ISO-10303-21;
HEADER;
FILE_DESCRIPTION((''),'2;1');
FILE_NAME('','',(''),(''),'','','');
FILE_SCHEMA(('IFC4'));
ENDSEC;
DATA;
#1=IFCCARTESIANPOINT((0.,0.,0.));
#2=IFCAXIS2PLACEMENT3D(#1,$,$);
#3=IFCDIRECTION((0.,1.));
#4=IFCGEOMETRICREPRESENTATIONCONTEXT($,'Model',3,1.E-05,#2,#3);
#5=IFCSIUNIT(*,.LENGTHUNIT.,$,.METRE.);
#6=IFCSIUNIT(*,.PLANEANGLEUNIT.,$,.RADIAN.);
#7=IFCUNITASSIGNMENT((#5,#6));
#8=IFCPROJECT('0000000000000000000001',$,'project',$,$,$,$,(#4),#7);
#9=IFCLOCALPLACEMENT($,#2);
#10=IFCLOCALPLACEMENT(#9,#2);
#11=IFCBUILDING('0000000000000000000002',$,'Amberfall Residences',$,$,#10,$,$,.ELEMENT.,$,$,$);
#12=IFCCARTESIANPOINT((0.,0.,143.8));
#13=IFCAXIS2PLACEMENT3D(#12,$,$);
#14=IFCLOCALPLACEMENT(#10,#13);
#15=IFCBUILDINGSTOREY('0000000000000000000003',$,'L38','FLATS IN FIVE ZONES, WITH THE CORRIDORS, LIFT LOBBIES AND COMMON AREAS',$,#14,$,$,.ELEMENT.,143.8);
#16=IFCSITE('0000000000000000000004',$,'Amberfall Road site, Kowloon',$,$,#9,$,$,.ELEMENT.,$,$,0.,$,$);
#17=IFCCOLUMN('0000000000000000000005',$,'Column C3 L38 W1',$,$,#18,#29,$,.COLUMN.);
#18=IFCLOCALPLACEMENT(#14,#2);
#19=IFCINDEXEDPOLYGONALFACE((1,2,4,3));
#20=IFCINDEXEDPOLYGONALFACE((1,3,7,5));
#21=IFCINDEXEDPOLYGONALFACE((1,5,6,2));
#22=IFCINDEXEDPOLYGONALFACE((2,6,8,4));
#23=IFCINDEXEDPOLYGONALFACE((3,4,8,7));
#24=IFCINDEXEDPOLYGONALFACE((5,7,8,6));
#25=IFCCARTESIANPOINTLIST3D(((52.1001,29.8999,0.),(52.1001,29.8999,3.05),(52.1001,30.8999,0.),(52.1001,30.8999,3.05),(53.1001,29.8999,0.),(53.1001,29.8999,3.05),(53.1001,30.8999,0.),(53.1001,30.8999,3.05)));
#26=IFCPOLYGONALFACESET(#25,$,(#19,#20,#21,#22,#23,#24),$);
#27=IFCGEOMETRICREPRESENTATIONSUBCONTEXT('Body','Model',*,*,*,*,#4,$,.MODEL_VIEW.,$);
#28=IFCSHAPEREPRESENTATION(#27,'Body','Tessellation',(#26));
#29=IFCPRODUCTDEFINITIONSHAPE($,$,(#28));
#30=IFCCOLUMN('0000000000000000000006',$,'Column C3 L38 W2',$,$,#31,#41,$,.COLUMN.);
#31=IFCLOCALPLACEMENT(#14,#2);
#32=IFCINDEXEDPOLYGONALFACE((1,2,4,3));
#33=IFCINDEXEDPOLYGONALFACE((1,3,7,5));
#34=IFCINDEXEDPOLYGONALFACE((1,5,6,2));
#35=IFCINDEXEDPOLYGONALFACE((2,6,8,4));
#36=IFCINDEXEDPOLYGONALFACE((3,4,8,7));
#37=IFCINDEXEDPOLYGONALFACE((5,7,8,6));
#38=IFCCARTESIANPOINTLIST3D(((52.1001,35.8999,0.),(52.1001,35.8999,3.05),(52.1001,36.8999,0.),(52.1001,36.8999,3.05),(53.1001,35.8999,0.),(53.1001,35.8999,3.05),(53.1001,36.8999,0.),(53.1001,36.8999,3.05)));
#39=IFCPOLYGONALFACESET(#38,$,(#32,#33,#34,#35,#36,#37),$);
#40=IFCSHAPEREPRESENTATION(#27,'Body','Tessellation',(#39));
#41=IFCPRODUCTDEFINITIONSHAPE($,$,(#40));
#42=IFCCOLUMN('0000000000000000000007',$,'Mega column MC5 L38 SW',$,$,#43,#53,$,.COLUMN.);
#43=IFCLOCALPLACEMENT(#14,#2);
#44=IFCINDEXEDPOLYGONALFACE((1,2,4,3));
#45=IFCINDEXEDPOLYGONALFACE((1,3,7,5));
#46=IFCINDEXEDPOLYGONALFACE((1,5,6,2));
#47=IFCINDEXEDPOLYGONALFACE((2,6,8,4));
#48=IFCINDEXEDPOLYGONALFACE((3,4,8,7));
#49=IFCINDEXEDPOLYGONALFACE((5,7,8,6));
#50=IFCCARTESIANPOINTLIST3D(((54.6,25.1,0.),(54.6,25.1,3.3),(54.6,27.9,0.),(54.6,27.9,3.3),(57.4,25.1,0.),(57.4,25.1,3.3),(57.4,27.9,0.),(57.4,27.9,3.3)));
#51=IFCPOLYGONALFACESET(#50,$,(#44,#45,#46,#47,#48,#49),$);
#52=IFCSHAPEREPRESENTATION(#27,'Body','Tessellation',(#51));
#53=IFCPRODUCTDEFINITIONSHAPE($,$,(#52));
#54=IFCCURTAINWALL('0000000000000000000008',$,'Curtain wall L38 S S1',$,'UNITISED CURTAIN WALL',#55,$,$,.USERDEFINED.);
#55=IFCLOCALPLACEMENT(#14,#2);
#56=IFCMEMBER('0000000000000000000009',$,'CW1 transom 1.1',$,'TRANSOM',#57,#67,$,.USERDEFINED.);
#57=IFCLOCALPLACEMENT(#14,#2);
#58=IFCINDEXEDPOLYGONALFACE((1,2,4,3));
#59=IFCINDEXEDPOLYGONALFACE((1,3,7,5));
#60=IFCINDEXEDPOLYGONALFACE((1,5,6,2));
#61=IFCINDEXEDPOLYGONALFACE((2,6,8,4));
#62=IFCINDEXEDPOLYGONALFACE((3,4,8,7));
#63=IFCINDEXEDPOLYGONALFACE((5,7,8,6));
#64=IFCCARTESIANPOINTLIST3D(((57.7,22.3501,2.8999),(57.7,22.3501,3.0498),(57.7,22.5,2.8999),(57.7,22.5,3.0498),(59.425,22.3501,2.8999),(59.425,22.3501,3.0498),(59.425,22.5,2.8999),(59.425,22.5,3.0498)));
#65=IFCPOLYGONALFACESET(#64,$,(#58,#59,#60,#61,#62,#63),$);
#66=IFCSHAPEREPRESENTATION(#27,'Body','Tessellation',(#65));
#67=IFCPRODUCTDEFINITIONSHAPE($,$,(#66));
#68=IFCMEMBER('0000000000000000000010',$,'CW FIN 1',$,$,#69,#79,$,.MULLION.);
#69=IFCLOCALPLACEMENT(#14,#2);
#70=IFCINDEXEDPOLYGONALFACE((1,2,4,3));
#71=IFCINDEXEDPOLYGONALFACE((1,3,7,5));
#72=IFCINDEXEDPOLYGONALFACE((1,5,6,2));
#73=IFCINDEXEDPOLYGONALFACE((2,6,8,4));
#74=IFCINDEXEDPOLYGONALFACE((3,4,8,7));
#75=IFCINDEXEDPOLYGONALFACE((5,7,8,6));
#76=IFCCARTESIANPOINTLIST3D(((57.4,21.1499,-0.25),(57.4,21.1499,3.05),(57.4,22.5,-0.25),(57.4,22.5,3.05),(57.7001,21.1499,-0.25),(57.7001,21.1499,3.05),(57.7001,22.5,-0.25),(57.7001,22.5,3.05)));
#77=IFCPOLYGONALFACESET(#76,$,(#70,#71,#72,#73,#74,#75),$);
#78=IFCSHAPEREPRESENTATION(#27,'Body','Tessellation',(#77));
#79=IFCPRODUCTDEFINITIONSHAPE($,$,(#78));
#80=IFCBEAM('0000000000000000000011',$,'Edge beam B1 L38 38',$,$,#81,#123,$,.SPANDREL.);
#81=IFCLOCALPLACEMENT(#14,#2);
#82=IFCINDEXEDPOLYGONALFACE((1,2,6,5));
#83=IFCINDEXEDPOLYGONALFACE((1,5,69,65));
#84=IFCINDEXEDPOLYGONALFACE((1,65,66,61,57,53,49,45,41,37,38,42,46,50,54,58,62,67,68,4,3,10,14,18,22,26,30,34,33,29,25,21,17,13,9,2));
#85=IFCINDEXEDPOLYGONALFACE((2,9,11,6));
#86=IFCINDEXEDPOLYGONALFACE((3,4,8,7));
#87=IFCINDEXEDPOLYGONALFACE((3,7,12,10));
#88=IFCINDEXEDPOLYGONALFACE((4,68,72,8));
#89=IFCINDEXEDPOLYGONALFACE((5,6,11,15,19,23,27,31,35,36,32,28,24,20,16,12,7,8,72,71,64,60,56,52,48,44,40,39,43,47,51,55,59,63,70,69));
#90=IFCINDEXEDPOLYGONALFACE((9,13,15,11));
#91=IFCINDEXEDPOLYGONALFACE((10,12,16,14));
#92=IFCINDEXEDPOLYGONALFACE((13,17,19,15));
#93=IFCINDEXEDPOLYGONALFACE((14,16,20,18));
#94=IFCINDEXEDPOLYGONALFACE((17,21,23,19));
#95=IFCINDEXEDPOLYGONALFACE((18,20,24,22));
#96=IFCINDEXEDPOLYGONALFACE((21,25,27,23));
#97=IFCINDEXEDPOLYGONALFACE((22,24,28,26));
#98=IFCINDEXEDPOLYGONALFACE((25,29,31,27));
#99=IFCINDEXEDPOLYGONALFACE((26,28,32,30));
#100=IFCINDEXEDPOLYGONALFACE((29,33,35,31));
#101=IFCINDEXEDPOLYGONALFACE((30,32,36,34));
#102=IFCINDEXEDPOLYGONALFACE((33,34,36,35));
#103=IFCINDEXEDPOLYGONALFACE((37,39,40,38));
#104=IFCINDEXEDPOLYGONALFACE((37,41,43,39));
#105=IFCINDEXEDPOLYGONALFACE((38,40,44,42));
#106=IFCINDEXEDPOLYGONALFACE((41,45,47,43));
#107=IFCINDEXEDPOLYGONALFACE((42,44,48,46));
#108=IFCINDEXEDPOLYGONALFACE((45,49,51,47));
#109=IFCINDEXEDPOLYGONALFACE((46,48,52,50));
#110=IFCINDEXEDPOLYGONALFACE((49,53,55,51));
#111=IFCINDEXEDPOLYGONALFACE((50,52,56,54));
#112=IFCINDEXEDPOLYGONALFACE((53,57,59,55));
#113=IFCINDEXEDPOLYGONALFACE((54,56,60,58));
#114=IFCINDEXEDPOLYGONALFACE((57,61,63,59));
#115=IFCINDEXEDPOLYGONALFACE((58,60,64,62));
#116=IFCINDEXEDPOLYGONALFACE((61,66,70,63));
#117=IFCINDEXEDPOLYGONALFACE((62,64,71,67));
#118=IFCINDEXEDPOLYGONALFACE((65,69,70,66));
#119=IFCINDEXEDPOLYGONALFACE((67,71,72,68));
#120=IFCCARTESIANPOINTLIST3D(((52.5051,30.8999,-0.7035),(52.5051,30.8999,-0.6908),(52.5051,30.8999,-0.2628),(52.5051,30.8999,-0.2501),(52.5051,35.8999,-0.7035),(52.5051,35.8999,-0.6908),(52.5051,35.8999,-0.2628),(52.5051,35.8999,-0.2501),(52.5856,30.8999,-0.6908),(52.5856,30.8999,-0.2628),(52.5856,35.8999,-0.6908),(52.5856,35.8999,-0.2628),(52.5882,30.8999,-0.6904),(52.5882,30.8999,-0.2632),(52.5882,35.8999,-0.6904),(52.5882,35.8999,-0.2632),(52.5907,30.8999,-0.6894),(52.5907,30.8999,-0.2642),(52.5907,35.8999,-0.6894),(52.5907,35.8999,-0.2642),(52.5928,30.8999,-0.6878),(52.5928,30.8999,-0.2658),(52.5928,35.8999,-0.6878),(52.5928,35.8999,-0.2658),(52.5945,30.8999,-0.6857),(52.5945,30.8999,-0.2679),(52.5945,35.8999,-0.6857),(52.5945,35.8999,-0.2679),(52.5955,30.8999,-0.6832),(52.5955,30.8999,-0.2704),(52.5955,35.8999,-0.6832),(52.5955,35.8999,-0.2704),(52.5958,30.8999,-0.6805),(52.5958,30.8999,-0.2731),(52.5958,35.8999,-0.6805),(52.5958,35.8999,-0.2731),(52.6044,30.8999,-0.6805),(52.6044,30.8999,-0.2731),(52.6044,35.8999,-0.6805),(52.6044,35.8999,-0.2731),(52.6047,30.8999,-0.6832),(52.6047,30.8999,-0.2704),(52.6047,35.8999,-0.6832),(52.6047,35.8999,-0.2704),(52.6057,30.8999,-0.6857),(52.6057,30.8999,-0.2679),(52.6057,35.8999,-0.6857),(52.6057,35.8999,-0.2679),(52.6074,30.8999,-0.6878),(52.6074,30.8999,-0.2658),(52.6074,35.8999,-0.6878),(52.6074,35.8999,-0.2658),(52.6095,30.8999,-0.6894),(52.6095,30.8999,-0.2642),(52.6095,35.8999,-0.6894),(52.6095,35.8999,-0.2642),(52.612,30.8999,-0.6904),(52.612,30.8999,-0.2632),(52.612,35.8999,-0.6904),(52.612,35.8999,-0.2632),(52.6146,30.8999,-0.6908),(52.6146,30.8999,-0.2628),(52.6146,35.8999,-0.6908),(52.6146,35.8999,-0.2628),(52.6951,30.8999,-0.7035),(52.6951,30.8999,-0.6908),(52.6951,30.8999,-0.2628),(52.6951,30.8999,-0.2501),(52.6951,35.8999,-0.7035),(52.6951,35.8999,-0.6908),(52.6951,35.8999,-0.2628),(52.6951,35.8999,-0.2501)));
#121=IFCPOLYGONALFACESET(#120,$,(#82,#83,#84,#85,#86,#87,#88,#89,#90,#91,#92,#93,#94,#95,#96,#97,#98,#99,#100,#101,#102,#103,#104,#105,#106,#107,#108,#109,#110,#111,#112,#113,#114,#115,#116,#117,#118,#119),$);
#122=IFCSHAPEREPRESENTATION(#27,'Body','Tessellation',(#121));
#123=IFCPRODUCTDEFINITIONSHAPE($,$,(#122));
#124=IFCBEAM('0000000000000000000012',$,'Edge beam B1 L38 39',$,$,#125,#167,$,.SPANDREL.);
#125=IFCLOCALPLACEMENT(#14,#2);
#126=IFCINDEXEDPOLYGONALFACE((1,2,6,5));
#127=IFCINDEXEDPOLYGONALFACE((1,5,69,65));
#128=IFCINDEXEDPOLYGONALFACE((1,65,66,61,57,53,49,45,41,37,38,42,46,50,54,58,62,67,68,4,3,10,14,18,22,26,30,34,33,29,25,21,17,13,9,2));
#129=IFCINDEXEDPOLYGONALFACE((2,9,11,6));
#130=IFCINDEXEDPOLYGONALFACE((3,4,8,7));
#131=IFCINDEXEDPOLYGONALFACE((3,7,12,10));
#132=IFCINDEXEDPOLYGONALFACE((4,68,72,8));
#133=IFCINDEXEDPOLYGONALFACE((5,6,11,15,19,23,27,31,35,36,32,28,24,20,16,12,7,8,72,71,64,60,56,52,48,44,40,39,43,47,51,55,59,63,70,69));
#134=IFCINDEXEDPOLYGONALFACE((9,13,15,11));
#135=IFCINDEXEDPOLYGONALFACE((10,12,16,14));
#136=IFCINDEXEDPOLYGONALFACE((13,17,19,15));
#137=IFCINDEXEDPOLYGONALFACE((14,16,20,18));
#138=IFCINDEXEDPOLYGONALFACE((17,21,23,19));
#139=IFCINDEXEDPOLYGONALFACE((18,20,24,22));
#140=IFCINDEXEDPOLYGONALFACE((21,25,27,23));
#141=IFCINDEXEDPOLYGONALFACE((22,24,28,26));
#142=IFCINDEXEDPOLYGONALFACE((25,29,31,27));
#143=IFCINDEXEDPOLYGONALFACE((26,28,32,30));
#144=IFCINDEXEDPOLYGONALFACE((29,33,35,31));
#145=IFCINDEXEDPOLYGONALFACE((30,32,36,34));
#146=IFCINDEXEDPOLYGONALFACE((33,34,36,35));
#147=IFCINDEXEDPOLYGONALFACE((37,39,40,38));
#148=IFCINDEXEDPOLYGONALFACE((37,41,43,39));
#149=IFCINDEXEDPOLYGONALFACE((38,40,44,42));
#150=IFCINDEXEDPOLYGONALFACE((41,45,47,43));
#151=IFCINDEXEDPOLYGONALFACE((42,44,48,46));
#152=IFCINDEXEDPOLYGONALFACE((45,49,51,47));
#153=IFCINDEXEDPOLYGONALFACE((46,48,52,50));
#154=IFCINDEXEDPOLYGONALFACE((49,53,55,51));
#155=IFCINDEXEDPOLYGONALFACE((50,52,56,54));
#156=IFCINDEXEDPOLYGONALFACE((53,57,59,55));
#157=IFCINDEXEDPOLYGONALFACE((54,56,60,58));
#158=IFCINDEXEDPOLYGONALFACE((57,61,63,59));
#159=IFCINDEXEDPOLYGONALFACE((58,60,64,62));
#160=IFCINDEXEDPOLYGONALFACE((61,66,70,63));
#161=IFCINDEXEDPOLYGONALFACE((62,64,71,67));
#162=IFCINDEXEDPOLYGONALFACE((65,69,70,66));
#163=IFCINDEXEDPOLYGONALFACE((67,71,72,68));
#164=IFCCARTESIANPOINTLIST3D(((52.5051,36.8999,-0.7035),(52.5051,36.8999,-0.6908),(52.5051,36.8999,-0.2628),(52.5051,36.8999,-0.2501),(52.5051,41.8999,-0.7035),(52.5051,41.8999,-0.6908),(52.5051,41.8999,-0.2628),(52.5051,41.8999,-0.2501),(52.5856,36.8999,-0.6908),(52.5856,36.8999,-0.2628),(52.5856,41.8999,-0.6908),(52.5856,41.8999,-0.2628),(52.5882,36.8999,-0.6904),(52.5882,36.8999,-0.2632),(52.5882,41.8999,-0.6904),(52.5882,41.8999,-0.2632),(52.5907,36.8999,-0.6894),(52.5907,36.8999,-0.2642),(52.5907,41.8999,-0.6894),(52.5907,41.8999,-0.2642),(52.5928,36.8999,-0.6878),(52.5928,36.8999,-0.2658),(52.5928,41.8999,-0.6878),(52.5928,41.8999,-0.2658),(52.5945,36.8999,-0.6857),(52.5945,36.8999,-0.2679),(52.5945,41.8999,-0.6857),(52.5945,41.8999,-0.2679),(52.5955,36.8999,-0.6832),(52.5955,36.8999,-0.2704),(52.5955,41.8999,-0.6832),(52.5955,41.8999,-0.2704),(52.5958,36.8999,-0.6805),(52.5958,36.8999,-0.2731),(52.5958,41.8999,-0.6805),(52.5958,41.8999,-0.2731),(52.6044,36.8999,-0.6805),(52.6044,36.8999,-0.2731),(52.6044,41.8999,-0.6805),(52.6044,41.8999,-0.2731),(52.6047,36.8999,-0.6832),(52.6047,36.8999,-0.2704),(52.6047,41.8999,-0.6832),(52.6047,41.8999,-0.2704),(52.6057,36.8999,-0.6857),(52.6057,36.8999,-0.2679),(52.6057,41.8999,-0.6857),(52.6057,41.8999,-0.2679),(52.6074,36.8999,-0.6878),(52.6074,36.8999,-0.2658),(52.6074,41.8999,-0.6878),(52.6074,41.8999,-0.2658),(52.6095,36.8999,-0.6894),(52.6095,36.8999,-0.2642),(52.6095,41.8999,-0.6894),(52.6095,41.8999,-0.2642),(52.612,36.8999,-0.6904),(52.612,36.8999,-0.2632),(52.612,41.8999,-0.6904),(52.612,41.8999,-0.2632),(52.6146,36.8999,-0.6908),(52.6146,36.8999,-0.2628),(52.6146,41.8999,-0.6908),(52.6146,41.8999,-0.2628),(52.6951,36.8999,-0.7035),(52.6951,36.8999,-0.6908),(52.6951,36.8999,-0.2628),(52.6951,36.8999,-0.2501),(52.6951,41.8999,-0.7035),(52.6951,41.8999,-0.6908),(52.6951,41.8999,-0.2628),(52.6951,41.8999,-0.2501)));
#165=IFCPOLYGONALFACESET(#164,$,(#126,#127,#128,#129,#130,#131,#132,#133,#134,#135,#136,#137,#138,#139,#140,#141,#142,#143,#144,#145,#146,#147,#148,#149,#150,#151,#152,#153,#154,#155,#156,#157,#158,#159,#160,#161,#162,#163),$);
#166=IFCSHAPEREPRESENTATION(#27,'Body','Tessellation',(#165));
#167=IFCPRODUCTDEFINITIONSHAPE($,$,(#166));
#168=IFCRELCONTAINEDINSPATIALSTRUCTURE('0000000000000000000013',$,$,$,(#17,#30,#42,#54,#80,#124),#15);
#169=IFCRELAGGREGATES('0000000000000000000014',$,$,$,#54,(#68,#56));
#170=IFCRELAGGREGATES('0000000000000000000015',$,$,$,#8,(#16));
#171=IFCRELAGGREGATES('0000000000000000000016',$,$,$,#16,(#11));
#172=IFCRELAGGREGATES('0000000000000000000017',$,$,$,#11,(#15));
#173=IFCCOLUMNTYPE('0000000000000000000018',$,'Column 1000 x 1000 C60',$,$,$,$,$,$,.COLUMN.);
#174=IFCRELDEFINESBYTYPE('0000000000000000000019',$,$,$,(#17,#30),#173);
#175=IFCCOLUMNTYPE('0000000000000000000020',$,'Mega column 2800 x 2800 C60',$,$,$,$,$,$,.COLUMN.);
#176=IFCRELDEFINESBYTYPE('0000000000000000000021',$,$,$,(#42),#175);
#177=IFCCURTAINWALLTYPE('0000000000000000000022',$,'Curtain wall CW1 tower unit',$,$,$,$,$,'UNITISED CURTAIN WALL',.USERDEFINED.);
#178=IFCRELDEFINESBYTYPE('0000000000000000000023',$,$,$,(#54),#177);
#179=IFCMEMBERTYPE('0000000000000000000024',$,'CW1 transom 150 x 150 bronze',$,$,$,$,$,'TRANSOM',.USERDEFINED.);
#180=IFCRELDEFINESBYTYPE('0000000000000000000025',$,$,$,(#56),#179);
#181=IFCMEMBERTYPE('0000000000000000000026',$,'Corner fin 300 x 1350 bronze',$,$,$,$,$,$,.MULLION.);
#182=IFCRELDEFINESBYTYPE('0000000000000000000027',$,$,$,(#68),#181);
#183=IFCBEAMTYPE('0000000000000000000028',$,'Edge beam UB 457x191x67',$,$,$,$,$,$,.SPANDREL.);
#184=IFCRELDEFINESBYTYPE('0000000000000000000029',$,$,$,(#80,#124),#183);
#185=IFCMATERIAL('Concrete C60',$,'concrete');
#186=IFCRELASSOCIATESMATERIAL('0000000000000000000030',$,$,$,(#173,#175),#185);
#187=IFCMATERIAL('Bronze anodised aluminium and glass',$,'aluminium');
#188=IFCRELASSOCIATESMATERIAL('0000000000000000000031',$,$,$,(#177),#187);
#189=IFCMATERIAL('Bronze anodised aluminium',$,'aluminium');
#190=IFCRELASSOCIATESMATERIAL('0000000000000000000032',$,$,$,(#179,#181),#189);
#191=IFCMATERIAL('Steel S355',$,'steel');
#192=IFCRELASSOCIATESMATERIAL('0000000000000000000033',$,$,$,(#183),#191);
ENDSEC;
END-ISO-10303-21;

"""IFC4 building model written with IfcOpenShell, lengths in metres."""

from ifc_helpers import new_model, si_unit, direction, frame, origin, origin_2d, place, context, subcontext, project, spatial, rectangle, i_section, extrude, material, material_profile, profile_set, type_object, element, aggregate, save


model = new_model("IFC4")

# Units and contexts
model_context = context("Model", 3, precision=1e-05, world=origin(), true_north=direction((0.0, 1.0)))
body_context = subcontext(model_context, "Body", "Model", "MODEL_VIEW")
ifc_project = project(units=[si_unit("LENGTHUNIT", "METRE"), si_unit("PLANEANGLEUNIT", "RADIAN")], contexts=[model_context])

# Site, building, storey
site_placement = place(None, origin())
site = spatial("IfcSite", under=ifc_project, at=site_placement, Name="Amberfall Road site, Kowloon", CompositionType="ELEMENT", RefElevation=0.0)
building_placement = place(site_placement, origin())
building = spatial("IfcBuilding", under=site, at=building_placement, Name="Amberfall Residences", CompositionType="ELEMENT")
storey_placement = place(building_placement, frame((0.0, 0.0, 143.8)))
storey = spatial("IfcBuildingStorey", under=building, at=storey_placement, Name="L38", Description="FLATS IN FIVE ZONES, WITH THE CORRIDORS, LIFT LOBBIES AND COMMON AREAS", CompositionType="ELEMENT", Elevation=143.8)

# Columns
ifc_material_1 = material(Name="Concrete C60", Category="concrete")
ifc_material_profile_1 = material_profile(ifc_material_1, rectangle(XDim=1.0, YDim=1.0, at=origin_2d()), Name="Column 1000 x 1000 C60")
ifc_profile_set_1 = profile_set([ifc_material_profile_1], Name="Concrete C60")
column_type_1 = type_object("IfcColumnType", Name="Column 1000 x 1000 C60", PredefinedType="COLUMN", material=ifc_profile_set_1)
for number, where, z_axis, x_axis, name in (
    (1, (52.6001, 30.3999, 0.0), (0.0, 0.0, 1.0), (1.0, 0.0, 0.0), "Column C3 L38 W1"),
    (2, (52.6001, 36.3999, 0.0), (0.0, 0.0, 1.0), (1.0, 0.0, 0.0), "Column C3 L38 W2"),
):
    element("IfcColumn", number, at=place(storey_placement, frame(where, z_axis=z_axis, x_axis=x_axis)), inside=storey, type_object=column_type_1, Name=name, PredefinedType="COLUMN", context=body_context, shape_type="SweptSolid", body=[
        extrude(rectangle(XDim=1.0, YDim=1.0, at=origin_2d()), origin(), (0.0, 0.0, 1.0), 3.05),
    ])
ifc_material_profile_2 = material_profile(ifc_material_1, rectangle(XDim=2.8, YDim=2.8, at=origin_2d()), Name="Mega column 2800 x 2800 C60")
ifc_profile_set_2 = profile_set([ifc_material_profile_2], Name="Concrete C60")
column_type_2 = type_object("IfcColumnType", Name="Mega column 2800 x 2800 C60", PredefinedType="COLUMN", material=ifc_profile_set_2)
column_placement = place(storey_placement, frame((56.0, 26.5, 0.0), z_axis=(0.0, 0.0, 1.0), x_axis=(1.0, 0.0, 0.0)))
element("IfcColumn", 3, at=column_placement, inside=storey, type_object=column_type_2, Name="Mega column MC5 L38 SW", PredefinedType="COLUMN", context=body_context, shape_type="SweptSolid", body=[
    extrude(rectangle(XDim=2.8, YDim=2.8, at=origin_2d()), origin(), (0.0, 0.0, 1.0), 3.3),
])

# Curtain wall, members
ifc_material_2 = material(Name="Bronze anodised aluminium and glass", Category="aluminium")
curtain_wall_type = type_object("IfcCurtainWallType", Name="Curtain wall CW1 tower unit", ElementType="UNITISED CURTAIN WALL", PredefinedType="USERDEFINED", material=ifc_material_2)
curtain_wall_placement = place(storey_placement, origin())
curtain_wall = element("IfcCurtainWall", 4, at=curtain_wall_placement, inside=storey, type_object=curtain_wall_type, Name="Curtain wall L38 S S1", ObjectType="UNITISED CURTAIN WALL", PredefinedType="USERDEFINED")
ifc_material_3 = material(Name="Bronze anodised aluminium", Category="aluminium")
ifc_material_profile_3 = material_profile(ifc_material_3, rectangle(XDim=0.1499, YDim=0.1499, at=origin_2d()), Name="CW1 transom 150 x 150 bronze")
ifc_profile_set_3 = profile_set([ifc_material_profile_3], Name="Bronze anodised aluminium")
member_type_1 = type_object("IfcMemberType", Name="CW1 transom 150 x 150 bronze", ElementType="TRANSOM", PredefinedType="USERDEFINED", material=ifc_profile_set_3)
member_1_placement = place(storey_placement, frame((57.7, 22.425, 2.9749), z_axis=(1.0, 0.0, 0.0), x_axis=(0.0, 1.0, 0.0)))
member_1 = element("IfcMember", 5, at=member_1_placement, type_object=member_type_1, Name="CW1 transom 1.1", ObjectType="TRANSOM", PredefinedType="USERDEFINED", context=body_context, shape_type="SweptSolid", body=[
    extrude(rectangle(XDim=0.1499, YDim=0.1499, at=origin_2d()), origin(), (0.0, 0.0, 1.0), 1.7251),
])
ifc_material_profile_4 = material_profile(ifc_material_3, rectangle(XDim=1.3501, YDim=0.3, at=origin_2d()), Name="Corner fin 300 x 1350 bronze")
ifc_profile_set_4 = profile_set([ifc_material_profile_4], Name="Bronze anodised aluminium")
member_type_2 = type_object("IfcMemberType", Name="Corner fin 300 x 1350 bronze", PredefinedType="MULLION", material=ifc_profile_set_4)
member_2_placement = place(storey_placement, frame((57.55, 21.825, -0.25), z_axis=(0.0, 0.0, 1.0), x_axis=(0.0, 1.0, 0.0)))
member_2 = element("IfcMember", 6, at=member_2_placement, type_object=member_type_2, Name="CW FIN 1", PredefinedType="MULLION", context=body_context, shape_type="SweptSolid", body=[
    extrude(rectangle(XDim=1.3501, YDim=0.3, at=origin_2d()), origin(), (0.0, 0.0, 1.0), 3.3),
])

# Beams
ifc_material_4 = material(Name="Steel S355", Category="steel")
ifc_material_profile_5 = material_profile(ifc_material_4, i_section(OverallWidth=0.1899, OverallDepth=0.4534, WebThickness=0.0085, FlangeThickness=0.0127, FilletRadius=0.0103, at=origin_2d()), Name="UB 457x191x67")
ifc_profile_set_5 = profile_set([ifc_material_profile_5], Name="Steel S355")
beam_type_1 = type_object("IfcBeamType", Name="Edge beam UB 457x191x67", PredefinedType="SPANDREL", material=ifc_profile_set_5)
for number, where, z_axis, x_axis, name in (
    (7, (52.6001, 30.8999, -0.4768), (0.0, 1.0, 0.0), (-1.0, 0.0, 0.0), "Edge beam B1 L38 38"),
    (8, (52.6001, 36.8999, -0.4768), (0.0, 1.0, 0.0), (-1.0, 0.0, 0.0), "Edge beam B1 L38 39"),
):
    element("IfcBeam", number, at=place(storey_placement, frame(where, z_axis=z_axis, x_axis=x_axis)), inside=storey, type_object=beam_type_1, Name=name, PredefinedType="SPANDREL", context=body_context, shape_type="SweptSolid", body=[
        extrude(i_section(OverallWidth=0.1899, OverallDepth=0.4534, WebThickness=0.0085, FlangeThickness=0.0127, FilletRadius=0.0103, at=origin_2d()), origin(), (0.0, 0.0, 1.0), 5.0),
    ])

aggregate(curtain_wall, [member_2, member_1])

save(model, "model.ifc")
